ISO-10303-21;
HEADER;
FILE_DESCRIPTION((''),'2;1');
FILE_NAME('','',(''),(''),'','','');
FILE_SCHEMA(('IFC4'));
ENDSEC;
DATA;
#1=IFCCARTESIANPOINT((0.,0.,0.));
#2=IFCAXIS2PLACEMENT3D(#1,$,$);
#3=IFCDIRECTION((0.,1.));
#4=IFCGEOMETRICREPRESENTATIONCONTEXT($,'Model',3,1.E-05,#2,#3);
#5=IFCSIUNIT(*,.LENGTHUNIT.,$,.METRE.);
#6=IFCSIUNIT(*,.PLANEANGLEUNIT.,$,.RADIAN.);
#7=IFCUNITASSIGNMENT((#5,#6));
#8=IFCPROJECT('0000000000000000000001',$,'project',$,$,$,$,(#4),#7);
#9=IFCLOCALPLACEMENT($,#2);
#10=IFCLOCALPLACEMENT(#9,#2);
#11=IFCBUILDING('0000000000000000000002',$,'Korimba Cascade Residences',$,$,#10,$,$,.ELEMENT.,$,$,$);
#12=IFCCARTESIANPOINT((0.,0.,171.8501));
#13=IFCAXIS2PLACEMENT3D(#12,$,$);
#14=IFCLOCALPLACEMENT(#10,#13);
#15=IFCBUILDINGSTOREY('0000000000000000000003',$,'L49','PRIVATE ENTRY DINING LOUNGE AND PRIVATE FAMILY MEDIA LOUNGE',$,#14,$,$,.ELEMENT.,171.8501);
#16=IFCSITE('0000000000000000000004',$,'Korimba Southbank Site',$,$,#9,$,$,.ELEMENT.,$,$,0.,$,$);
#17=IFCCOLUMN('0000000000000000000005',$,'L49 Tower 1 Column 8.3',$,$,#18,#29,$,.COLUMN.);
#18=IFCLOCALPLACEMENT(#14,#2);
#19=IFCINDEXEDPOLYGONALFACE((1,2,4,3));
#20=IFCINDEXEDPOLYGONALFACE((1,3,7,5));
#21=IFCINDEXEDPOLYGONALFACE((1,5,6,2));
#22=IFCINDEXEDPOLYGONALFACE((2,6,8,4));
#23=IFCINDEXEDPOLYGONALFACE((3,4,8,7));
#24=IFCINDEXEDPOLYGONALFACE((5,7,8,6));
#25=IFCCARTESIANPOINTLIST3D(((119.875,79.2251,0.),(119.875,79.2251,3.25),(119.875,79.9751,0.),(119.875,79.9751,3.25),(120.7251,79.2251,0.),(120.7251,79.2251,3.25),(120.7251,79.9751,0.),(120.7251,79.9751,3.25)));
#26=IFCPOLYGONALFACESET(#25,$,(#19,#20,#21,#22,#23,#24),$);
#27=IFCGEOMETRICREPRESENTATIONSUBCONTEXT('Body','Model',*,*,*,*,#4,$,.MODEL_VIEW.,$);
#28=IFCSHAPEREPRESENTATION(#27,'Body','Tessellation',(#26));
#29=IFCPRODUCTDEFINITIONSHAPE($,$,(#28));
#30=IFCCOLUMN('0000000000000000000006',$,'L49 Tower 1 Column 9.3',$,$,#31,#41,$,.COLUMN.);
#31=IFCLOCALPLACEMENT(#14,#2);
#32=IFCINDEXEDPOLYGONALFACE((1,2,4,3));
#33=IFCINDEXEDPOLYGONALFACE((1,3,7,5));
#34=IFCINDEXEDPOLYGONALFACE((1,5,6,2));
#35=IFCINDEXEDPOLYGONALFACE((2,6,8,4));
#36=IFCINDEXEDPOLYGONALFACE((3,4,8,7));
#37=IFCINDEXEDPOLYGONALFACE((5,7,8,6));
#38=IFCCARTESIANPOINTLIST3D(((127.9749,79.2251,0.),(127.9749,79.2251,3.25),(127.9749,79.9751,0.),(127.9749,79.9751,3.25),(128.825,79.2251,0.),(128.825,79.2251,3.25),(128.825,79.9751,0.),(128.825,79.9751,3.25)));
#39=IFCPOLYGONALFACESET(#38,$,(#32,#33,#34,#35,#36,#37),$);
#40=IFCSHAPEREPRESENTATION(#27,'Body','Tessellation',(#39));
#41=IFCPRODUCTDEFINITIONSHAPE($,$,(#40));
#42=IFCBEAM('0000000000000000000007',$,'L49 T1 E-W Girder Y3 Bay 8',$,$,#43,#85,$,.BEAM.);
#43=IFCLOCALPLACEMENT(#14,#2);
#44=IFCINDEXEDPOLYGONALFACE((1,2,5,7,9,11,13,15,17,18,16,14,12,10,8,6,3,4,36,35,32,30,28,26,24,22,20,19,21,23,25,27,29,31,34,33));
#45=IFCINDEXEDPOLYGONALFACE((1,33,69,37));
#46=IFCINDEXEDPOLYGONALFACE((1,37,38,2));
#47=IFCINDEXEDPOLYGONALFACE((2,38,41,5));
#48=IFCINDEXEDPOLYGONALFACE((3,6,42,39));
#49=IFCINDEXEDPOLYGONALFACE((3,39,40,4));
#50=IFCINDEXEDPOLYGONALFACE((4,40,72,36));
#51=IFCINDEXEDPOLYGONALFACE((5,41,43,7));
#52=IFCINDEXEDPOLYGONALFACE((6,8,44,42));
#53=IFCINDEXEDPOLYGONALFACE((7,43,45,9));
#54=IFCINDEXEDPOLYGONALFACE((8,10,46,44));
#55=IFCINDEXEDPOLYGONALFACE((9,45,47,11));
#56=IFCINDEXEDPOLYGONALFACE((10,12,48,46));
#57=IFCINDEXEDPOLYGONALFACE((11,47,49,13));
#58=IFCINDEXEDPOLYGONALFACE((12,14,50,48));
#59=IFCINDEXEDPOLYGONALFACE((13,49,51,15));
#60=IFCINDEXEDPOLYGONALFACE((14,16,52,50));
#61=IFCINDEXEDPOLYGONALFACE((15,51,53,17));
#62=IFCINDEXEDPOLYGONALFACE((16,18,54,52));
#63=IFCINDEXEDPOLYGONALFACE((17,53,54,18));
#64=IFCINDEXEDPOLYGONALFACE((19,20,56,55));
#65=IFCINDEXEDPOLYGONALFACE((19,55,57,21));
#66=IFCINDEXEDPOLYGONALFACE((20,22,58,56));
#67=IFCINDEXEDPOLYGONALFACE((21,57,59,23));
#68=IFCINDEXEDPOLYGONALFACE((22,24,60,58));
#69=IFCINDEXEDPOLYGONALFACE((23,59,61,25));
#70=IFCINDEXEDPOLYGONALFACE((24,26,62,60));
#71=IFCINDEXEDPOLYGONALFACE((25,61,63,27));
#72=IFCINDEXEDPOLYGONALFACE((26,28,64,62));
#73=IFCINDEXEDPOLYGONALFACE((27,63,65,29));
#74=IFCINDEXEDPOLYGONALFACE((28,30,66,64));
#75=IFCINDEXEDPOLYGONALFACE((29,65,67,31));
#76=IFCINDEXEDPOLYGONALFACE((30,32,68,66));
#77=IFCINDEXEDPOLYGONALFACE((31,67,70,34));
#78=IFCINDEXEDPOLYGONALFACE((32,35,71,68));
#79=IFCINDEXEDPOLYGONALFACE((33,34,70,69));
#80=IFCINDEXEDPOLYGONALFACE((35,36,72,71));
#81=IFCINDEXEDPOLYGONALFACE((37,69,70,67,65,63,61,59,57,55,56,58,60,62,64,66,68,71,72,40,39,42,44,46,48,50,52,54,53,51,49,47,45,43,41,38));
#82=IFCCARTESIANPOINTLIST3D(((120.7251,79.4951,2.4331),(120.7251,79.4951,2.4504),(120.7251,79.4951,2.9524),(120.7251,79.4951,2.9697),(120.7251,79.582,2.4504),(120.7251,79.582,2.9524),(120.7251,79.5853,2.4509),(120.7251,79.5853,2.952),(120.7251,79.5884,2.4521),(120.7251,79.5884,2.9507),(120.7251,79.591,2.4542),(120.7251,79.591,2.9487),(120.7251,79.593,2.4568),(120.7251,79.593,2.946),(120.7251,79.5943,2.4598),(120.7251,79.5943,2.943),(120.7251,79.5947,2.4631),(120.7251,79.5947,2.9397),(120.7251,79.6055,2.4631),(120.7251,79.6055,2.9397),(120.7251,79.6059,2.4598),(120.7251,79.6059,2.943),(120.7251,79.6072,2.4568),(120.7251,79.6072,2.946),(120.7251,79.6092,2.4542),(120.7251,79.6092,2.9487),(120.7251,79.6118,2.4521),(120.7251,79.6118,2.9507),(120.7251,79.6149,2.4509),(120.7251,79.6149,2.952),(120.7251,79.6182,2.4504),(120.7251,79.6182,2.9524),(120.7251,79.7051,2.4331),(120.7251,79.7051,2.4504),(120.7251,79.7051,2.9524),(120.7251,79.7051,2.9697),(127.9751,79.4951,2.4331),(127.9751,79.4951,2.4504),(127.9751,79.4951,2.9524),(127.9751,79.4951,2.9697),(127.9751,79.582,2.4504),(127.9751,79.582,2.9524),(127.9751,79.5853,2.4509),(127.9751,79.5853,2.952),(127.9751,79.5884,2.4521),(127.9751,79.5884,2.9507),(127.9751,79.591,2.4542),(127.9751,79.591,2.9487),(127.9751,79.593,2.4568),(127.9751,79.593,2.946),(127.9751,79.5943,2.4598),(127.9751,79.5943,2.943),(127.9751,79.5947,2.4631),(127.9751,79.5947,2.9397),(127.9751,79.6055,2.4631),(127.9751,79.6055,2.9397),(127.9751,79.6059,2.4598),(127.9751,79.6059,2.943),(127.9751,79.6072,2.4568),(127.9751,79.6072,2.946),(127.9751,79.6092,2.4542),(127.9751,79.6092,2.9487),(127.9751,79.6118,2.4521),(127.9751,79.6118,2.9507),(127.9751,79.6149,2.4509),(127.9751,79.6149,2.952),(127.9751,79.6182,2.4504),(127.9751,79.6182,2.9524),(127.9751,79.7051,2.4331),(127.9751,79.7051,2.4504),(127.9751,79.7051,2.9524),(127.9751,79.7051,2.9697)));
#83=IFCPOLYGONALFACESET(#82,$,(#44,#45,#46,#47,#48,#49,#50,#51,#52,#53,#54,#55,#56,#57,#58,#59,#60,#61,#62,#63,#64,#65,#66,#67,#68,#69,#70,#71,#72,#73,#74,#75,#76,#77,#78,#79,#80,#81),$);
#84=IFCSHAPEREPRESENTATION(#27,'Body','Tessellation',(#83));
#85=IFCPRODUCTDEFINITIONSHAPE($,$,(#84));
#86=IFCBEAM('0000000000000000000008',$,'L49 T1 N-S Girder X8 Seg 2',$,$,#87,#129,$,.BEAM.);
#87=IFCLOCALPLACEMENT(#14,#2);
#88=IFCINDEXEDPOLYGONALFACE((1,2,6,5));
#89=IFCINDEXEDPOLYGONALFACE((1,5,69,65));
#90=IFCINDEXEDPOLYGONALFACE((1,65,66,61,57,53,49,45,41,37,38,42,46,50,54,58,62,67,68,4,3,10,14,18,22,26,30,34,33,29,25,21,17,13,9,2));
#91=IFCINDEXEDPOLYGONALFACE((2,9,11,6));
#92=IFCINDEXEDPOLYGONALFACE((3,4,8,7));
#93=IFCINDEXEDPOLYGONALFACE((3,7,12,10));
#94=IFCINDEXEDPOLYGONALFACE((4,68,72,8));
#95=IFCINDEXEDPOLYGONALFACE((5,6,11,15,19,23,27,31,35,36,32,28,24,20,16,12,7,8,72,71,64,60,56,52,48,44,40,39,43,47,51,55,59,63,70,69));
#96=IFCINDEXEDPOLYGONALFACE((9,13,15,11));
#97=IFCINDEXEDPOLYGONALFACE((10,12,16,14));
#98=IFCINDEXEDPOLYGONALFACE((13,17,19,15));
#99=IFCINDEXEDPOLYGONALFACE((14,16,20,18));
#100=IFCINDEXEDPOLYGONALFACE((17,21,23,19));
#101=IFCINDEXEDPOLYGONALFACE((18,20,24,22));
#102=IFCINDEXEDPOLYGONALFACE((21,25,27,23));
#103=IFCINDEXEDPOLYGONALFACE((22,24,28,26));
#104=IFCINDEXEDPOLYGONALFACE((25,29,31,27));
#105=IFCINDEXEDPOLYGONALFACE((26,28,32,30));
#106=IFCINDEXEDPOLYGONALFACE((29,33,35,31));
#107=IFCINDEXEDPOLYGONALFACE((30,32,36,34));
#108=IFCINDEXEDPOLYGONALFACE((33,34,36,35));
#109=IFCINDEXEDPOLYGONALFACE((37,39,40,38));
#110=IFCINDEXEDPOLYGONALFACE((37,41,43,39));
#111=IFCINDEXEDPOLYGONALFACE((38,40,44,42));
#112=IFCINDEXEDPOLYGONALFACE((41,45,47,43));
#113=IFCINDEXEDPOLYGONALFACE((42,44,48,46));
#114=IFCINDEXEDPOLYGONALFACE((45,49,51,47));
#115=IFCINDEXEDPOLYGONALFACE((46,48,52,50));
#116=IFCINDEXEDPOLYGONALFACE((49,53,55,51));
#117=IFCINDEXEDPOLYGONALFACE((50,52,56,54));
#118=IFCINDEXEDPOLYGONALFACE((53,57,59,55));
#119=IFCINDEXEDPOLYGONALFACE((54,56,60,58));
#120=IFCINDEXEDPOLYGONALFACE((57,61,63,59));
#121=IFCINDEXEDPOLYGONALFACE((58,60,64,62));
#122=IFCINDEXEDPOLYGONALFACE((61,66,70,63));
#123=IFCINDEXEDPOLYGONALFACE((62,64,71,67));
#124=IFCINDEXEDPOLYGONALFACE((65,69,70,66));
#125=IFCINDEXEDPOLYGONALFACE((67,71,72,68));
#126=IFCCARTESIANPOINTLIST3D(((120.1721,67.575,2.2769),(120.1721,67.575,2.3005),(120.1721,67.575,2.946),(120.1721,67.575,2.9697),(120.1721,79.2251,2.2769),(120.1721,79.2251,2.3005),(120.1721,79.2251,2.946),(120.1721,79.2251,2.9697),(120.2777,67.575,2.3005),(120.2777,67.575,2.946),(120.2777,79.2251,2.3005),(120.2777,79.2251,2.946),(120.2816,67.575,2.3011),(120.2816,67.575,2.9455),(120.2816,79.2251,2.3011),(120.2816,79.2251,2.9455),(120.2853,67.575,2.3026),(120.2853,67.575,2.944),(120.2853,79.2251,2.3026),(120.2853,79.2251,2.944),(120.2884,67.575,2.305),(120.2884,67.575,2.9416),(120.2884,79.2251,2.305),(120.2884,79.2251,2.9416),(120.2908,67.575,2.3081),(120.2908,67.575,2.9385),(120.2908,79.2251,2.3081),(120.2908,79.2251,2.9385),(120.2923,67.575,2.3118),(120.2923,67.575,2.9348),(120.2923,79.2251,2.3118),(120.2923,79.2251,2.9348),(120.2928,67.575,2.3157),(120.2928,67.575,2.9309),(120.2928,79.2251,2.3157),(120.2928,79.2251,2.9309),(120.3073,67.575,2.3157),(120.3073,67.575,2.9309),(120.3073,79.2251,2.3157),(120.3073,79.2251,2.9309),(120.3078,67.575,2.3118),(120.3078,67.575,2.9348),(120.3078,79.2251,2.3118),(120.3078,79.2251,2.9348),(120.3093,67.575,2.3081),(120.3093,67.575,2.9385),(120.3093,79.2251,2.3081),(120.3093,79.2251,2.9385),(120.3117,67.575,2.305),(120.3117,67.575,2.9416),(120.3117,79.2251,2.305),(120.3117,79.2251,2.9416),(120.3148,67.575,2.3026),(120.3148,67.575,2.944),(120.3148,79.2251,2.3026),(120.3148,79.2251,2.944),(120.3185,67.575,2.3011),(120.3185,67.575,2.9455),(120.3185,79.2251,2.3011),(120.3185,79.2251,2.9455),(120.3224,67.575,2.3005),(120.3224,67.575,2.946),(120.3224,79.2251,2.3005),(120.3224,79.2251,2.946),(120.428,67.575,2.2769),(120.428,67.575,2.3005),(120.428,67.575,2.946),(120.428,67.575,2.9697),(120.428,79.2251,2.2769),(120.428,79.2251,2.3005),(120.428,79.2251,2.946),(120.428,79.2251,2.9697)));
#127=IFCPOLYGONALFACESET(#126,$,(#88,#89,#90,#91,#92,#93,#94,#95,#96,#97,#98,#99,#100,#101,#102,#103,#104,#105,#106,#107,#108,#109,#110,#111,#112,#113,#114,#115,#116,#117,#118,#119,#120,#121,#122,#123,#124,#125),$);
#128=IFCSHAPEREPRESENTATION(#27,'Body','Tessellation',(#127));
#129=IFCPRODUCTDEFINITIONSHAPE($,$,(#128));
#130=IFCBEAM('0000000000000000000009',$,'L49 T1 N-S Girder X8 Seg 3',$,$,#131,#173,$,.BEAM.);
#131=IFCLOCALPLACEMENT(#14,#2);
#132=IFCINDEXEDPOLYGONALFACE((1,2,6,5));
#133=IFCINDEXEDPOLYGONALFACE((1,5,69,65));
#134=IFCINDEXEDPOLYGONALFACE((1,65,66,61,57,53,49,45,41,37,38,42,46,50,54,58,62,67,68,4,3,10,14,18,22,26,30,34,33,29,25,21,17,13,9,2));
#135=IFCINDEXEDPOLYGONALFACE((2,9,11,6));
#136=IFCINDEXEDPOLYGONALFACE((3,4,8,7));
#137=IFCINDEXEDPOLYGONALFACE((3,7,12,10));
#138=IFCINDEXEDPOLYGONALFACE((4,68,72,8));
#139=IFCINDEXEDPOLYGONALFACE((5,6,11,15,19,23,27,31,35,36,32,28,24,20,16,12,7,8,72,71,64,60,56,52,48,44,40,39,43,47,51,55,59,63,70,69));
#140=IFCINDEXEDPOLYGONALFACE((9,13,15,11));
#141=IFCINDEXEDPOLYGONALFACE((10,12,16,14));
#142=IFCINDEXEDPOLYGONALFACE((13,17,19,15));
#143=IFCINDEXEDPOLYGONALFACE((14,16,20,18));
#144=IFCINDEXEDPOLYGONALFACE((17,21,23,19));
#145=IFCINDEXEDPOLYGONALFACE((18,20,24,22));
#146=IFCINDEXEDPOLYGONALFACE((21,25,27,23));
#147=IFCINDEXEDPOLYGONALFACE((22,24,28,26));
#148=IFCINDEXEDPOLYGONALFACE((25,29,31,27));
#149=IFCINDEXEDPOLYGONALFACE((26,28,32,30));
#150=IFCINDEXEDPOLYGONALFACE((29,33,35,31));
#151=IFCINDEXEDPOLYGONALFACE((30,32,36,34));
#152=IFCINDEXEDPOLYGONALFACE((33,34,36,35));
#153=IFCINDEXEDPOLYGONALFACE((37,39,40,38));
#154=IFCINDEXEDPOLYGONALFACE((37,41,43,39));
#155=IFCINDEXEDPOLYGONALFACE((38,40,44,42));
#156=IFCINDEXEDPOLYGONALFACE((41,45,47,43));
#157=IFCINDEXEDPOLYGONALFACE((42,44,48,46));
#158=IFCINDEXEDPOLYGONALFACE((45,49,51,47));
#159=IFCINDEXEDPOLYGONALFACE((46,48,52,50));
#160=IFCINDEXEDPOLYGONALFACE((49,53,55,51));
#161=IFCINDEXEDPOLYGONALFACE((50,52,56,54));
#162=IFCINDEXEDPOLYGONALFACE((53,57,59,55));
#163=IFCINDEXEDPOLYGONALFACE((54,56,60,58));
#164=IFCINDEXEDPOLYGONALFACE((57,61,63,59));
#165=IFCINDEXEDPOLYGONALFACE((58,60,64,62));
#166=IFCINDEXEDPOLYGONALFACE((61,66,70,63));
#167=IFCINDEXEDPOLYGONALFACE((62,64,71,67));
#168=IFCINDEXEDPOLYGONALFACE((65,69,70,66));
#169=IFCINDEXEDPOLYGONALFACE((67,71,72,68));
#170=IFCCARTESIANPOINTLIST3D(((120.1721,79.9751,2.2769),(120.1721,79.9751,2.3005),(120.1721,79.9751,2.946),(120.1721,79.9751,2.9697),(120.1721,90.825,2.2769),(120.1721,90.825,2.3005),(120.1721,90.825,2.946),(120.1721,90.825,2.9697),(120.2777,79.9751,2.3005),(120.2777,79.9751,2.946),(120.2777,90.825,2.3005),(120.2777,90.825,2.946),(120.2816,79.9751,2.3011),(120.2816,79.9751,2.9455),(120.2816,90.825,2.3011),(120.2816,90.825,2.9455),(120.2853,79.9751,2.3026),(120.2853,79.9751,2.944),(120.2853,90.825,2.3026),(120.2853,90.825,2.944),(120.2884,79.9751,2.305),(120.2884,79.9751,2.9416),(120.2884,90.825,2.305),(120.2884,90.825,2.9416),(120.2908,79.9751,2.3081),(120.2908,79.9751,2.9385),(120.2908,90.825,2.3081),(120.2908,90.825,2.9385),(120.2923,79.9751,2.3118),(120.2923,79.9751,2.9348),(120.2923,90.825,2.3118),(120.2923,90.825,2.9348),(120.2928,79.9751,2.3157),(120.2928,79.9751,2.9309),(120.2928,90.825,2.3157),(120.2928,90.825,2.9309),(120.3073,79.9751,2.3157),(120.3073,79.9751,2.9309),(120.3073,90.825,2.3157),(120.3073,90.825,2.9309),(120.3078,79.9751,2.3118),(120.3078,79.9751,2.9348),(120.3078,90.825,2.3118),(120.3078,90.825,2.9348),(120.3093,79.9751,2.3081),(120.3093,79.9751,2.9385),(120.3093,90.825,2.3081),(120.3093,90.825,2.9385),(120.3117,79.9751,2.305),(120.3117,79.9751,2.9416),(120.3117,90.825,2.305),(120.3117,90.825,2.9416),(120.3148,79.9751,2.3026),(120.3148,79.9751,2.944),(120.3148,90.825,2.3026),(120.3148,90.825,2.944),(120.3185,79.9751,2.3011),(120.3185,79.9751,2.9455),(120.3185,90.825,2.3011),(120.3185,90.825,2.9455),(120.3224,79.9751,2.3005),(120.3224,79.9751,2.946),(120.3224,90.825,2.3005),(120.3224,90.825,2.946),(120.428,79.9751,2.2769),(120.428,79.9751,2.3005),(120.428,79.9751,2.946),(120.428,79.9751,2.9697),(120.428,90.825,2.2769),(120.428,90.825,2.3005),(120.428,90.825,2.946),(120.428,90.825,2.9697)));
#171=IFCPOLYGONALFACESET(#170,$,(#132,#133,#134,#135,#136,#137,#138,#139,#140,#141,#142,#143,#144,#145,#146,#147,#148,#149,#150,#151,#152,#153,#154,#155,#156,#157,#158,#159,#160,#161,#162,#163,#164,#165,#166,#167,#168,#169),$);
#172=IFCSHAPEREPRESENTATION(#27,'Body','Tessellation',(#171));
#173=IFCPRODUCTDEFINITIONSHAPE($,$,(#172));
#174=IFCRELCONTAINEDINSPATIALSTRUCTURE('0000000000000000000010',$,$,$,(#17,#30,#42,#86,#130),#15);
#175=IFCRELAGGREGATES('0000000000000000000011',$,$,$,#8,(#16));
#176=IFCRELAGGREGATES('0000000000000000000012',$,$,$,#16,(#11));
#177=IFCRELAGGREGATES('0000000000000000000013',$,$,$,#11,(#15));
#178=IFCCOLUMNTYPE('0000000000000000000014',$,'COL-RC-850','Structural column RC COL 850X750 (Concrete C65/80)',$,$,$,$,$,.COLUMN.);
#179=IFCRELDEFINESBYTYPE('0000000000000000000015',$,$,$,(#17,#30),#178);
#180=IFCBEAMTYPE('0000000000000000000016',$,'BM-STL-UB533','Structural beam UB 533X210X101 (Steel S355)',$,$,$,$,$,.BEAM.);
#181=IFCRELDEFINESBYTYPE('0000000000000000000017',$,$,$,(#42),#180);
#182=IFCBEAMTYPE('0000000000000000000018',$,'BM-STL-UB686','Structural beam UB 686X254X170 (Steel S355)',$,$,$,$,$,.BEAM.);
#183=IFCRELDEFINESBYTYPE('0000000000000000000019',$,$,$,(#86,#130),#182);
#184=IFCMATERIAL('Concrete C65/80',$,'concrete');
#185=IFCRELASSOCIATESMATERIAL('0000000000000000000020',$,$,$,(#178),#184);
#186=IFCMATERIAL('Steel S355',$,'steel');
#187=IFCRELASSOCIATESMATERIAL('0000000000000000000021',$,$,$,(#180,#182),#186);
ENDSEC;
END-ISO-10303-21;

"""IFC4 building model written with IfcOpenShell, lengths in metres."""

from ifc_helpers import new_model, si_unit, direction, frame, origin, origin_2d, place, context, subcontext, project, spatial, rectangle, i_section, extrude, material, material_profile, profile_set, type_object, element, save


model = new_model("IFC4")

# Units and contexts
model_context = context("Model", 3, precision=1e-05, world=origin(), true_north=direction((0.0, 1.0)))
body_context = subcontext(model_context, "Body", "Model", "MODEL_VIEW")
ifc_project = project(units=[si_unit("LENGTHUNIT", "METRE"), si_unit("PLANEANGLEUNIT", "RADIAN")], contexts=[model_context])

# Site, building, storey
site_placement = place(None, origin())
site = spatial("IfcSite", under=ifc_project, at=site_placement, Name="Korimba Southbank Site", CompositionType="ELEMENT", RefElevation=0.0)
building_placement = place(site_placement, origin())
building = spatial("IfcBuilding", under=site, at=building_placement, Name="Korimba Cascade Residences", CompositionType="ELEMENT")
storey_placement = place(building_placement, frame((0.0, 0.0, 171.8501)))
storey = spatial("IfcBuildingStorey", under=building, at=storey_placement, Name="L49", Description="PRIVATE ENTRY DINING LOUNGE AND PRIVATE FAMILY MEDIA LOUNGE", CompositionType="ELEMENT", Elevation=171.8501)

# Columns
ifc_material_1 = material(Name="Concrete C65/80", Category="concrete")
ifc_material_profile_1 = material_profile(ifc_material_1, rectangle(XDim=0.8501, YDim=0.75, at=origin_2d()), Name="Concrete C65/80")
ifc_profile_set_1 = profile_set([ifc_material_profile_1], Name="Concrete C65/80")
column_type = type_object("IfcColumnType", Name="COL-RC-850", Description="Structural column RC COL 850X750 (Concrete C65/80)", PredefinedType="COLUMN", material=ifc_profile_set_1)
for number, where, z_axis, x_axis, name in (
    (1, (120.3, 79.6001, 0.0), (0.0, 0.0, 1.0), (1.0, 0.0, 0.0), "L49 Tower 1 Column 8.3"),
    (2, (128.3999, 79.6001, 0.0), (0.0, 0.0, 1.0), (1.0, 0.0, 0.0), "L49 Tower 1 Column 9.3"),
):
    element("IfcColumn", number, at=place(storey_placement, frame(where, z_axis=z_axis, x_axis=x_axis)), inside=storey, type_object=column_type, Name=name, PredefinedType="COLUMN", context=body_context, shape_type="SweptSolid", body=[
        extrude(rectangle(XDim=0.8501, YDim=0.75, at=origin_2d()), origin(), (0.0, 0.0, 1.0), 3.25),
    ])

# Beams
ifc_material_2 = material(Name="Steel S355", Category="steel")
ifc_material_profile_2 = material_profile(ifc_material_2, i_section(OverallWidth=0.21, OverallDepth=0.5366, WebThickness=0.0107, FlangeThickness=0.0173, FilletRadius=0.0127, at=origin_2d()), Name="Steel S355")
ifc_profile_set_2 = profile_set([ifc_material_profile_2], Name="Steel S355")
beam_type_1 = type_object("IfcBeamType", Name="BM-STL-UB533", Description="Structural beam UB 533X210X101 (Steel S355)", PredefinedType="BEAM", material=ifc_profile_set_2)
beam_1_placement = place(storey_placement, frame((120.7251, 79.6001, 2.7014), z_axis=(1.0, 0.0, 0.0), x_axis=(0.0, 1.0, 0.0)))
element("IfcBeam", 3, at=beam_1_placement, inside=storey, type_object=beam_type_1, Name="L49 T1 E-W Girder Y3 Bay 8", PredefinedType="BEAM", context=body_context, shape_type="SweptSolid", body=[
    extrude(i_section(OverallWidth=0.21, OverallDepth=0.5366, WebThickness=0.0107, FlangeThickness=0.0173, FilletRadius=0.0127, at=origin_2d()), origin(), (0.0, 0.0, 1.0), 7.25),
])
ifc_material_profile_3 = material_profile(ifc_material_2, i_section(OverallWidth=0.2559, OverallDepth=0.6929, WebThickness=0.0144, FlangeThickness=0.0237, FilletRadius=0.0151, at=origin_2d()), Name="Steel S355")
ifc_profile_set_3 = profile_set([ifc_material_profile_3], Name="Steel S355")
beam_type_2 = type_object("IfcBeamType", Name="BM-STL-UB686", Description="Structural beam UB 686X254X170 (Steel S355)", PredefinedType="BEAM", material=ifc_profile_set_3)
beam_2_placement = place(storey_placement, frame((120.3, 67.575, 2.6233), z_axis=(0.0, 1.0, 0.0), x_axis=(-1.0, 0.0, 0.0)))
element("IfcBeam", 4, at=beam_2_placement, inside=storey, type_object=beam_type_2, Name="L49 T1 N-S Girder X8 Seg 2", PredefinedType="BEAM", context=body_context, shape_type="SweptSolid", body=[
    extrude(i_section(OverallWidth=0.2559, OverallDepth=0.6929, WebThickness=0.0144, FlangeThickness=0.0237, FilletRadius=0.0151, at=origin_2d()), origin(), (0.0, 0.0, 1.0), 11.6501),
])
beam_3_placement = place(storey_placement, frame((120.3, 79.9751, 2.6233), z_axis=(0.0, 1.0, 0.0), x_axis=(-1.0, 0.0, 0.0)))
element("IfcBeam", 5, at=beam_3_placement, inside=storey, type_object=beam_type_2, Name="L49 T1 N-S Girder X8 Seg 3", PredefinedType="BEAM", context=body_context, shape_type="SweptSolid", body=[
    extrude(i_section(OverallWidth=0.2559, OverallDepth=0.6929, WebThickness=0.0144, FlangeThickness=0.0237, FilletRadius=0.0151, at=origin_2d()), origin(), (0.0, 0.0, 1.0), 10.8499),
])

save(model, "model.ifc")
